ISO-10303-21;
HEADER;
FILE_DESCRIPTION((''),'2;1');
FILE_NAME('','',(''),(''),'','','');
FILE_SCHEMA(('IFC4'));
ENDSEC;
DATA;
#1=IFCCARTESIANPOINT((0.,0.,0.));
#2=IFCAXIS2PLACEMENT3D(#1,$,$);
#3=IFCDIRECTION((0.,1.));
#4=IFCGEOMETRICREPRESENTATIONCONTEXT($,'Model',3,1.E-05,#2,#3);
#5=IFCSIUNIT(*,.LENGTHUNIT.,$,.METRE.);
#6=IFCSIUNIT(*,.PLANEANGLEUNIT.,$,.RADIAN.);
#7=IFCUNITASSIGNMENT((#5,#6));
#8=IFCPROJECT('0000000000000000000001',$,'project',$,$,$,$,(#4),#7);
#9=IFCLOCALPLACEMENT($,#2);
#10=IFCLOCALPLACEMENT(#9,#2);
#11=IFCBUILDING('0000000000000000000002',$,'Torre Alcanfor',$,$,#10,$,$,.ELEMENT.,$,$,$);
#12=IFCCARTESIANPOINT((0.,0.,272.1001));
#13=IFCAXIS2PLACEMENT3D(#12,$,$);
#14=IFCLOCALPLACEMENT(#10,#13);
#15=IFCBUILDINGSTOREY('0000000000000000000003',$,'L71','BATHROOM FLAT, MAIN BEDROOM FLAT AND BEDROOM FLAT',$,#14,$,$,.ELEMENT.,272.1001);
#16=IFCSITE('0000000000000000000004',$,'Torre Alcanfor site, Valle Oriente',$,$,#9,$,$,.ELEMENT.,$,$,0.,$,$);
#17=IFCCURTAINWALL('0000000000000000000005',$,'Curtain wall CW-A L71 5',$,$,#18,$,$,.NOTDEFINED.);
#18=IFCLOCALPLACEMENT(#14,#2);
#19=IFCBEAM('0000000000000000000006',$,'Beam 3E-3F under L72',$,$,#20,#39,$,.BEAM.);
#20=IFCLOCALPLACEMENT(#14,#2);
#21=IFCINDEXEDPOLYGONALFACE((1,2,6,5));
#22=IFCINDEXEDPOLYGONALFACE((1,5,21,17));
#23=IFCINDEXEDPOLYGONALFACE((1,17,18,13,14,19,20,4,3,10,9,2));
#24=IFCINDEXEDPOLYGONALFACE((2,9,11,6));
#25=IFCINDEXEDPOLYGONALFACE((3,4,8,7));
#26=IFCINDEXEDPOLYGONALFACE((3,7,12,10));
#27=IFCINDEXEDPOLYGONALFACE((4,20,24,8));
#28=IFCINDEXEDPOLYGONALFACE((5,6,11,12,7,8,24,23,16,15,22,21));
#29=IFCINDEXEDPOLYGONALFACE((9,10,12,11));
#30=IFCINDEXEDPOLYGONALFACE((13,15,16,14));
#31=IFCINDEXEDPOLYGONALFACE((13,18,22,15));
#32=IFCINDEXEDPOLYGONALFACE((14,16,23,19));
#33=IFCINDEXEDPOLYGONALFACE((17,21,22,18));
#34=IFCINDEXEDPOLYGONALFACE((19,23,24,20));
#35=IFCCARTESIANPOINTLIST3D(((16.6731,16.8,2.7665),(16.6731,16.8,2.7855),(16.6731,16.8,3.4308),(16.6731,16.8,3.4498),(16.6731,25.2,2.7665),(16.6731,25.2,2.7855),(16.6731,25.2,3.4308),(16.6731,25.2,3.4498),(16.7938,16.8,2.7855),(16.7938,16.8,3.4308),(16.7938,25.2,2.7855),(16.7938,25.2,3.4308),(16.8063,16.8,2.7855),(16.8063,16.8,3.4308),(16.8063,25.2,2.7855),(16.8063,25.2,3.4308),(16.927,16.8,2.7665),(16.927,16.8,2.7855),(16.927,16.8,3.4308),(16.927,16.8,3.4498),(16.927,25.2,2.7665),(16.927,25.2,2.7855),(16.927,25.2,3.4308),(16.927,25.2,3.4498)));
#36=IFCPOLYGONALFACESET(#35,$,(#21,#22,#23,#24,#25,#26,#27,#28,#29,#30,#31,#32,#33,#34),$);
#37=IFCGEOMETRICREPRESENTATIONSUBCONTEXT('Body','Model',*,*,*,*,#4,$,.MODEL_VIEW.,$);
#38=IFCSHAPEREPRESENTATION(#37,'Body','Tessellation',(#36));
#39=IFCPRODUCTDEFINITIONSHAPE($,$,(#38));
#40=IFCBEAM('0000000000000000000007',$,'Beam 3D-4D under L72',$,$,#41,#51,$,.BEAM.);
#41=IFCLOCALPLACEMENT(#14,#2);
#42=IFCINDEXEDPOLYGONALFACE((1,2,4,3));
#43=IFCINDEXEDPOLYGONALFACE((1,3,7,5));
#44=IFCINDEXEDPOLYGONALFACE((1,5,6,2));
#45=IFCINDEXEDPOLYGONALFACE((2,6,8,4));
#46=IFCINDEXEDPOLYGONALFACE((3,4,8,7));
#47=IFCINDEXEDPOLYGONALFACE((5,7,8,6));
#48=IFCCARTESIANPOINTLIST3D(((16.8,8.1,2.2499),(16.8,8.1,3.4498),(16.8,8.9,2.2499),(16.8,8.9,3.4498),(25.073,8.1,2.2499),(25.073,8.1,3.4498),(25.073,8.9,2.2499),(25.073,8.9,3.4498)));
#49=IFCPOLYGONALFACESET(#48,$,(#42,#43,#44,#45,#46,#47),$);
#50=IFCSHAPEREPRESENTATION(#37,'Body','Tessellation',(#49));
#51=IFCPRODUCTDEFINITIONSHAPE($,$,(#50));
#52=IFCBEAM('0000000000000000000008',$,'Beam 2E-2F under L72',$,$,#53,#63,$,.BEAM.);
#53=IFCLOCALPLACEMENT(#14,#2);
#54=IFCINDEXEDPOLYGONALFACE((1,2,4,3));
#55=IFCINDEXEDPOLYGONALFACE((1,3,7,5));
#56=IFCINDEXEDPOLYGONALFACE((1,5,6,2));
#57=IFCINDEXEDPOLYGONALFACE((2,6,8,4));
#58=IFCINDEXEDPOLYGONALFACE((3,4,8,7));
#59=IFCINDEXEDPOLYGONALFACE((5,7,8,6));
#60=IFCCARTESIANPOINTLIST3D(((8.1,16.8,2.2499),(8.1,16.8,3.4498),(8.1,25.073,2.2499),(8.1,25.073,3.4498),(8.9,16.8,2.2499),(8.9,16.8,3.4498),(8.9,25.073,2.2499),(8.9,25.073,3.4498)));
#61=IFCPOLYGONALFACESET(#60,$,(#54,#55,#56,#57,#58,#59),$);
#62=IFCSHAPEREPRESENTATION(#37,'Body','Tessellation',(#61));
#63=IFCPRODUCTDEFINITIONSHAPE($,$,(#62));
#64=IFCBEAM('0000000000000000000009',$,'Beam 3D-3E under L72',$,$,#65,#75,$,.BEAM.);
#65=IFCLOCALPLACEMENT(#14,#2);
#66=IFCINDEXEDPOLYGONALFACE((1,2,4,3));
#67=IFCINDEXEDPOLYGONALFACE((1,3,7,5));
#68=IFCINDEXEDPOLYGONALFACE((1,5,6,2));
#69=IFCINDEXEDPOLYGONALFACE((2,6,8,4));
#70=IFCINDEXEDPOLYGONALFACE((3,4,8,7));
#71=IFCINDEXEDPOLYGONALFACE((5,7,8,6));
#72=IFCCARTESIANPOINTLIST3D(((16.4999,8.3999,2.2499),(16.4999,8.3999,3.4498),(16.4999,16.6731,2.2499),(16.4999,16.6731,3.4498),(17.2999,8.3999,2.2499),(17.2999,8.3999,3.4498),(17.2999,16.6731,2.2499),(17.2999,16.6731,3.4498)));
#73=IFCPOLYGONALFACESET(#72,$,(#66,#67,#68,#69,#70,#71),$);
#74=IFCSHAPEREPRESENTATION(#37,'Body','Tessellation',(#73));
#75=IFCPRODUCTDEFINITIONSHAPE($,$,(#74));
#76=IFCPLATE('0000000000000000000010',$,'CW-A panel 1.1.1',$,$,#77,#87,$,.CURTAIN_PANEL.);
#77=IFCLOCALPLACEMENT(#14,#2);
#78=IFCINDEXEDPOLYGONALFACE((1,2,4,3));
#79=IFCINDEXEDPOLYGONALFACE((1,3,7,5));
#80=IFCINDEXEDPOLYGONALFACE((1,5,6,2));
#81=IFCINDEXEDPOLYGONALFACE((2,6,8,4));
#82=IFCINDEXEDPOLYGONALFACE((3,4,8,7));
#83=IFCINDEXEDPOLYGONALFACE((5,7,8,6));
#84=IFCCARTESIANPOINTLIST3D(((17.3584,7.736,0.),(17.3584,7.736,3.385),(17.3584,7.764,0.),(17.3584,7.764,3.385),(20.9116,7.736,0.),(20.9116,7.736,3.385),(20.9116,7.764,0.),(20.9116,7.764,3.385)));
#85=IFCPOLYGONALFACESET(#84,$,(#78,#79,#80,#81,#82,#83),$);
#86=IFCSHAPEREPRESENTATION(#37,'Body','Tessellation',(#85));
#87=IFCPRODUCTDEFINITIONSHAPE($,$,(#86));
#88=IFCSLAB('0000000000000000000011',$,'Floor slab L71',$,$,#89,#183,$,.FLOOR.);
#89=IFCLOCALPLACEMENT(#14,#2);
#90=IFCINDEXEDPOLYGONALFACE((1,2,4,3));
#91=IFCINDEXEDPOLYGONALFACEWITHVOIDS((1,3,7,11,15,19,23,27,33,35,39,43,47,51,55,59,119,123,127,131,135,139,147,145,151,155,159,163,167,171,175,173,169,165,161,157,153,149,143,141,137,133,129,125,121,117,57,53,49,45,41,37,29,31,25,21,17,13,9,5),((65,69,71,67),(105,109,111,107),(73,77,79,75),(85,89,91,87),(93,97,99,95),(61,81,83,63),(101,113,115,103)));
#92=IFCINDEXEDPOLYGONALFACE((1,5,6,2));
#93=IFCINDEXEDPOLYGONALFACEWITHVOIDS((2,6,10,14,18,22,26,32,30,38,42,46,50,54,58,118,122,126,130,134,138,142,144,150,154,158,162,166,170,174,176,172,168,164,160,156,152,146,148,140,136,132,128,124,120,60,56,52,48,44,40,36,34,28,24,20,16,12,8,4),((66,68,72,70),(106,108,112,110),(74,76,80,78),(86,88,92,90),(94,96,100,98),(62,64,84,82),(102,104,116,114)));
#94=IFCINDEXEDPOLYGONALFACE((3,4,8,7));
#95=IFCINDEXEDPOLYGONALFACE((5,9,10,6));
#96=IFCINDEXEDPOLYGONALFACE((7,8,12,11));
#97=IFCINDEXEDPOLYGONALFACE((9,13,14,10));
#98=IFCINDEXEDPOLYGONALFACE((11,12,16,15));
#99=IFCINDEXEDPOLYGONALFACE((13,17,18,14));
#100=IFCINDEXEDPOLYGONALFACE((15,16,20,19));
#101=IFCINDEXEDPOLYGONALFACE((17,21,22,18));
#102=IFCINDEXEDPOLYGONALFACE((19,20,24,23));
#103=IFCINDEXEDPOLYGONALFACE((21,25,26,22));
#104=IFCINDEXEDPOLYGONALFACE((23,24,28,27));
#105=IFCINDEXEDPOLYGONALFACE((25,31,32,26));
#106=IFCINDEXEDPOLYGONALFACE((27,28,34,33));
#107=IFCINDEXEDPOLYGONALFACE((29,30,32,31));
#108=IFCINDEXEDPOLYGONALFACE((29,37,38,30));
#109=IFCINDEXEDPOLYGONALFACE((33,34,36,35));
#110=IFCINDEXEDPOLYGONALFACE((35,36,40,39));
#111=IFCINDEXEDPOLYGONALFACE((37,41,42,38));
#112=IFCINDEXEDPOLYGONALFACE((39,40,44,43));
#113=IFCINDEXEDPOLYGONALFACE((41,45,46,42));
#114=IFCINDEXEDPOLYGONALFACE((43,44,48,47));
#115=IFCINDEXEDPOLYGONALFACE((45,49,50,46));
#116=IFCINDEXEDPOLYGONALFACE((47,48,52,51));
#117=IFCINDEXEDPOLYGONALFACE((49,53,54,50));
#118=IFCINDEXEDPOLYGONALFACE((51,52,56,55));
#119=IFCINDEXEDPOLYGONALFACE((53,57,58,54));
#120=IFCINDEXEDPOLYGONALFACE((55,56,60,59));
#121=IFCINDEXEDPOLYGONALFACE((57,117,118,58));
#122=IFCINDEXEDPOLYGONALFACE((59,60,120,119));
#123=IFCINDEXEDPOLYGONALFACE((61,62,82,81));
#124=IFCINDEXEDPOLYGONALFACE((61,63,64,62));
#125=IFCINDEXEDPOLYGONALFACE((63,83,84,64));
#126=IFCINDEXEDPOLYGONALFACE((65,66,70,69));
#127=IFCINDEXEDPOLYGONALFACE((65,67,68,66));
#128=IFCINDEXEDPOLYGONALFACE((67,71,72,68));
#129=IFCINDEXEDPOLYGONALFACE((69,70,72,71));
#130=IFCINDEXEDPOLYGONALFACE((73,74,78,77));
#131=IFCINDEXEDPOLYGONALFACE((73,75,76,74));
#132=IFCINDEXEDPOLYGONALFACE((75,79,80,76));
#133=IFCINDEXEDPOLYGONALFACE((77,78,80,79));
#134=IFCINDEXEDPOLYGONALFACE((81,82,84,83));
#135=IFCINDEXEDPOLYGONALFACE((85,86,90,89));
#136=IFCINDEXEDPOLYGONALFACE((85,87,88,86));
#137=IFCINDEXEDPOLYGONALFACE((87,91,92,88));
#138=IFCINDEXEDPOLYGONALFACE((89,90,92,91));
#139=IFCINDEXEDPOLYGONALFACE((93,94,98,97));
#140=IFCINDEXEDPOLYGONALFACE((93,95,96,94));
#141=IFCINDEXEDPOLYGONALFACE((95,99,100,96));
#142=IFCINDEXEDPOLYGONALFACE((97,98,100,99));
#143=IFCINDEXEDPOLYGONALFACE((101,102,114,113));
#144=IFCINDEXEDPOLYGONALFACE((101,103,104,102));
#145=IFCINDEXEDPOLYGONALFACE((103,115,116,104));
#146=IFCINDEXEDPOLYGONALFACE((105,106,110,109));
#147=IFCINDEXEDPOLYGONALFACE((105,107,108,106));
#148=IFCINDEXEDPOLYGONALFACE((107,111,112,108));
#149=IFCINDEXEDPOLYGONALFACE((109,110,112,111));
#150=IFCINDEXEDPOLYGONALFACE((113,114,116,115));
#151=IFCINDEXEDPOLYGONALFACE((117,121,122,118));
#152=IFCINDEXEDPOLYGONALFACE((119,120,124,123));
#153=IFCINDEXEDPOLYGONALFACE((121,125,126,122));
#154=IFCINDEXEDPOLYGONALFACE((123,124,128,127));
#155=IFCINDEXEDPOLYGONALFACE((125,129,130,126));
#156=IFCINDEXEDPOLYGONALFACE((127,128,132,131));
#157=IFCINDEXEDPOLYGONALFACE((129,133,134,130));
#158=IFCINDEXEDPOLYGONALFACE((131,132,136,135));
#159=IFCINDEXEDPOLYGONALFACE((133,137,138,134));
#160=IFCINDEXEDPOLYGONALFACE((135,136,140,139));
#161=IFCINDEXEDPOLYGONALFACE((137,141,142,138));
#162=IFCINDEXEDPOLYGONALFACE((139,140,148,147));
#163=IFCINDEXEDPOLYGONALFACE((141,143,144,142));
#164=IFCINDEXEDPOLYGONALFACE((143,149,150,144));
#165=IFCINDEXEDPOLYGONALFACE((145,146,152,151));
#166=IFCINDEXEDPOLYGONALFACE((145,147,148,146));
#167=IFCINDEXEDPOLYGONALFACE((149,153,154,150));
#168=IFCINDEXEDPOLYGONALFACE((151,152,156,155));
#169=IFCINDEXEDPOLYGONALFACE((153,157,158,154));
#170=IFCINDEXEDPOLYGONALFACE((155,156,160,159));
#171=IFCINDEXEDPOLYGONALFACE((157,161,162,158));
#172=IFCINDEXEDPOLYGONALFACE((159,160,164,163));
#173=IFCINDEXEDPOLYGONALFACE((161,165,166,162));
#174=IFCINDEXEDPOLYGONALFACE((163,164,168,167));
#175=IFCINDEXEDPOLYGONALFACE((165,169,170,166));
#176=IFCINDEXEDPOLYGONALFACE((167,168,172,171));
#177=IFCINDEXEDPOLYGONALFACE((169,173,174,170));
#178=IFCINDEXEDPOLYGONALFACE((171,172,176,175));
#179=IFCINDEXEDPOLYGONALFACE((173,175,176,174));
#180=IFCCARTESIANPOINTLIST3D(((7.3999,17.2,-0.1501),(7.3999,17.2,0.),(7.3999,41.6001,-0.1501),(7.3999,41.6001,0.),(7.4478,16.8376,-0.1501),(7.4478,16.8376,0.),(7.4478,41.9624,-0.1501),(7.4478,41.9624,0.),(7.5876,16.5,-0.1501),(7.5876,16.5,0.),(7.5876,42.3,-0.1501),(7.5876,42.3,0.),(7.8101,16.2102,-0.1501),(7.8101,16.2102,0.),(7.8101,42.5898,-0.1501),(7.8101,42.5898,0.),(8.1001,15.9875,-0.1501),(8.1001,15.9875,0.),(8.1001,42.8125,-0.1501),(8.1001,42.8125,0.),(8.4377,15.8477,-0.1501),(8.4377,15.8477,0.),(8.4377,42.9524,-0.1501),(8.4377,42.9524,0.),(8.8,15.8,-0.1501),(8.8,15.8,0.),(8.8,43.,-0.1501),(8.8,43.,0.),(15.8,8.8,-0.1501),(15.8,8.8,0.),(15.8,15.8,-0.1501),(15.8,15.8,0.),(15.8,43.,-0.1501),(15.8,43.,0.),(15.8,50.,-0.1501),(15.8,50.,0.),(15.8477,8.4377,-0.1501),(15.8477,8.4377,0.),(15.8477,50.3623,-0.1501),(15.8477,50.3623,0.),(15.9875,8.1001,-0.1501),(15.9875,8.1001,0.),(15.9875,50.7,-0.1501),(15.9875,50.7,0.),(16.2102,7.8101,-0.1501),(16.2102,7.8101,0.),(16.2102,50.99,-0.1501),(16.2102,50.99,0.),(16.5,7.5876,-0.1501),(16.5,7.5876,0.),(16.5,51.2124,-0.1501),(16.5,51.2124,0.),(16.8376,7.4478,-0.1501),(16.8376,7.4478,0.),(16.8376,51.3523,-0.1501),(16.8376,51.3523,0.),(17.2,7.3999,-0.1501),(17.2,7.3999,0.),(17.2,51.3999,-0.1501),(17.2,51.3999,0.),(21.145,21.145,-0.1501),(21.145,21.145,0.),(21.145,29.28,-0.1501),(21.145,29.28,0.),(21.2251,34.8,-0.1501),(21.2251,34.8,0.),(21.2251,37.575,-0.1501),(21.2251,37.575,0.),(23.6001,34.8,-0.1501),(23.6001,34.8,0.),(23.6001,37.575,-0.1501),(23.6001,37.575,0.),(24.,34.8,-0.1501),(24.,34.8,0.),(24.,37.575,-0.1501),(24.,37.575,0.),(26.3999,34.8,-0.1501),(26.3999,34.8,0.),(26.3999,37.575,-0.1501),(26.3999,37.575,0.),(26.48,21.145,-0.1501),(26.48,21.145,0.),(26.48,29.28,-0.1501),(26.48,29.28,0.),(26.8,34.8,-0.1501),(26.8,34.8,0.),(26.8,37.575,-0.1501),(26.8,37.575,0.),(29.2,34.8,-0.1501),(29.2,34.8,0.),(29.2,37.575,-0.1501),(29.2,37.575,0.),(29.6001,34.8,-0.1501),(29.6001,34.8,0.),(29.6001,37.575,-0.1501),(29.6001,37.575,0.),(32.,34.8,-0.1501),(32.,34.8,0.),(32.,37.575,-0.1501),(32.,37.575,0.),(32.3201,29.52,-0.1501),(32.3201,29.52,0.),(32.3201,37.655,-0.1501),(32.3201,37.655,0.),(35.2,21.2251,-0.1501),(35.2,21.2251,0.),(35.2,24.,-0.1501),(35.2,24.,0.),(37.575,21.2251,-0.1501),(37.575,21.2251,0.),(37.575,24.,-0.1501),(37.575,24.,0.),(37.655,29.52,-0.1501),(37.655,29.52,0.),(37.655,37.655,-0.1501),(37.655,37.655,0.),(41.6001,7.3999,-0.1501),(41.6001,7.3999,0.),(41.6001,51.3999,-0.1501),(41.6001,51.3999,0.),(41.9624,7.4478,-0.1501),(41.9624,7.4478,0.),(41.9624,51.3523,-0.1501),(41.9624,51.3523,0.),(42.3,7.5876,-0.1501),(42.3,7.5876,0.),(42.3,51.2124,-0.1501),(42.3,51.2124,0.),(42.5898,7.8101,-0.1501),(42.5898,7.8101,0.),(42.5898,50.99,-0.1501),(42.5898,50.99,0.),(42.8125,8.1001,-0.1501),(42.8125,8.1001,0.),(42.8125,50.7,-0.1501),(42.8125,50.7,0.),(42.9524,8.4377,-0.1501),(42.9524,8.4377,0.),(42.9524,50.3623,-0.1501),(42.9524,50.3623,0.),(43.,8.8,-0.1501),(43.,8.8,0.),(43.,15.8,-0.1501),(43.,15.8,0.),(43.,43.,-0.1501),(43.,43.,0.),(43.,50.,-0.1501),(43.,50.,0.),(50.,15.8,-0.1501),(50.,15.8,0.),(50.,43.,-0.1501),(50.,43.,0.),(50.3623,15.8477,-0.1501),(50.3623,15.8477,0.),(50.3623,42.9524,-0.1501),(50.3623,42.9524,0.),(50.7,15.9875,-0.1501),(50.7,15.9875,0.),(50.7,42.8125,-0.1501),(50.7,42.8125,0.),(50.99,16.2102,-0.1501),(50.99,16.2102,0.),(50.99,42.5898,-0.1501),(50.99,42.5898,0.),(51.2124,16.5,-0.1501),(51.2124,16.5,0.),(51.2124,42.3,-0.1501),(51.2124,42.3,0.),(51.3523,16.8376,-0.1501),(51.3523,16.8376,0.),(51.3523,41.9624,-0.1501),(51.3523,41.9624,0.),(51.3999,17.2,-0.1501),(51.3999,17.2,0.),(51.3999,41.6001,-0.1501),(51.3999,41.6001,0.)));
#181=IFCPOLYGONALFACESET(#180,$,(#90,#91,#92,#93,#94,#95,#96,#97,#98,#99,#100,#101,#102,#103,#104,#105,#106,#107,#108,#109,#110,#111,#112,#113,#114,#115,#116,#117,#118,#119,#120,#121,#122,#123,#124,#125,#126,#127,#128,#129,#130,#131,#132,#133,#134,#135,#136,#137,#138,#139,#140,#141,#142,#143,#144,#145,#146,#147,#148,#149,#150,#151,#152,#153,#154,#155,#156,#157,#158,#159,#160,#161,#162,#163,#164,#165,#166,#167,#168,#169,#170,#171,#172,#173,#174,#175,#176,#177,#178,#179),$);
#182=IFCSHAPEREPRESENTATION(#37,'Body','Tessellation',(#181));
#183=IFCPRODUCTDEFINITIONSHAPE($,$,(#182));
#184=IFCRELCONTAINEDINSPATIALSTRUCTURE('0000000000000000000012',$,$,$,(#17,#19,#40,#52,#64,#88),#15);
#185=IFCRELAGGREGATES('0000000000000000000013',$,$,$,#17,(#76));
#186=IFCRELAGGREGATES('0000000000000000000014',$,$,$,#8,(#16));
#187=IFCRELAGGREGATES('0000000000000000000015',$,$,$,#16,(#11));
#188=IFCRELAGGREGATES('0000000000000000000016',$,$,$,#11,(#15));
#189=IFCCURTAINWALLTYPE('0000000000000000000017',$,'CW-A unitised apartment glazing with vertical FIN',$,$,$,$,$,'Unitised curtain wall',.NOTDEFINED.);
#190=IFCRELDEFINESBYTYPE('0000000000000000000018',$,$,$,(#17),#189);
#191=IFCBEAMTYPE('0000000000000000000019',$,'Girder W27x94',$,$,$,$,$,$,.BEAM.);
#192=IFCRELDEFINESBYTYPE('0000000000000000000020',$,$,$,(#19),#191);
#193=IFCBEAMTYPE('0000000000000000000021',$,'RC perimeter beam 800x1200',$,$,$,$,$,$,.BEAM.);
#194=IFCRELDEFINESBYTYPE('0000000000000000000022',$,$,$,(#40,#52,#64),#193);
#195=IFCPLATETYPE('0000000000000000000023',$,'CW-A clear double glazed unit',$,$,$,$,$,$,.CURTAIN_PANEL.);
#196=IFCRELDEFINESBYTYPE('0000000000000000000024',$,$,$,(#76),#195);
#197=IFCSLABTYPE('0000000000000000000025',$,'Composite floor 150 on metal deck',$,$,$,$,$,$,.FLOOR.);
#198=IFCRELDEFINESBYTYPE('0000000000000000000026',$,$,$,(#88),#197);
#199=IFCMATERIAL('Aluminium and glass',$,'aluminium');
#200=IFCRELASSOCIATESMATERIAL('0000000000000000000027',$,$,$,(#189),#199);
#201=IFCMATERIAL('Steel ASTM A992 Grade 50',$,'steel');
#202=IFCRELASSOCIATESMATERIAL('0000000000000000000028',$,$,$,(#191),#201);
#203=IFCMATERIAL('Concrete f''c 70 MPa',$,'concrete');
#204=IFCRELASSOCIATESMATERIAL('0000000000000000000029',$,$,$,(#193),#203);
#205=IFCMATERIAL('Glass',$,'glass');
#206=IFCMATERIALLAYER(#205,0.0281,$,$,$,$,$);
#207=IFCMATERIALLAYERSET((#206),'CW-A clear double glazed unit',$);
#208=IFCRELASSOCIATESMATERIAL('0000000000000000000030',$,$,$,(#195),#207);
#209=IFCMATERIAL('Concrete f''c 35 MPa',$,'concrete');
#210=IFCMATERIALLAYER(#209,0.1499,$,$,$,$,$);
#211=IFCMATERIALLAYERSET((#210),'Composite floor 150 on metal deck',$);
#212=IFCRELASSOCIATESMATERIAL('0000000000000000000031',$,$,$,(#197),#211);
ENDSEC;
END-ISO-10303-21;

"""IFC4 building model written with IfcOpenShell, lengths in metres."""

from ifc_helpers import new_model, si_unit, direction, frame, origin, origin_2d, place, context, subcontext, project, spatial, polyline, rectangle, i_section, outline, extrude, material, layer, layer_set, material_profile, profile_set, type_object, element, aggregate, save


model = new_model("IFC4")

# Units and contexts
model_context = context("Model", 3, precision=1e-05, world=origin(), true_north=direction((0.0, 1.0)))
body_context = subcontext(model_context, "Body", "Model", "MODEL_VIEW")
ifc_project = project(units=[si_unit("LENGTHUNIT", "METRE"), si_unit("PLANEANGLEUNIT", "RADIAN")], contexts=[model_context])

# Site, building, storey
site_placement = place(None, origin())
site = spatial("IfcSite", under=ifc_project, at=site_placement, Name="Torre Alcanfor site, Valle Oriente", CompositionType="ELEMENT", RefElevation=0.0)
building_placement = place(site_placement, origin())
building = spatial("IfcBuilding", under=site, at=building_placement, Name="Torre Alcanfor", CompositionType="ELEMENT")
storey_placement = place(building_placement, frame((0.0, 0.0, 272.1001)))
storey = spatial("IfcBuildingStorey", under=building, at=storey_placement, Name="L71", Description="BATHROOM FLAT, MAIN BEDROOM FLAT AND BEDROOM FLAT", CompositionType="ELEMENT", Elevation=272.1001)

# Curtain wall
ifc_material_1 = material(Name="Aluminium and glass", Category="aluminium")
curtain_wall_type = type_object("IfcCurtainWallType", Name="CW-A unitised apartment glazing with vertical FIN", ElementType="Unitised curtain wall", PredefinedType="NOTDEFINED", material=ifc_material_1)
curtain_wall_placement = place(storey_placement, origin())
curtain_wall = element("IfcCurtainWall", 1, at=curtain_wall_placement, inside=storey, type_object=curtain_wall_type, Name="Curtain wall CW-A L71 5", PredefinedType="NOTDEFINED")

# Beams
ifc_material_2 = material(Name="Steel ASTM A992 Grade 50", Category="steel")
ifc_material_profile_1 = material_profile(ifc_material_2, i_section(OverallWidth=0.2539, OverallDepth=0.6833, WebThickness=0.0125, FlangeThickness=0.019, at=origin_2d()), Name="W27x94")
ifc_profile_set_1 = profile_set([ifc_material_profile_1], Name="Steel ASTM A992 Grade 50")
beam_type_1 = type_object("IfcBeamType", Name="Girder W27x94", PredefinedType="BEAM", material=ifc_profile_set_1)
for number, where, z_axis, x_axis, name in (
    (2, (16.8, 16.8, 3.1082), (0.0, 1.0, 0.0), (-1.0, 0.0, 0.0), "Beam 3E-3F under L72"),
):
    element("IfcBeam", number, at=place(storey_placement, frame(where, z_axis=z_axis, x_axis=x_axis)), inside=storey, type_object=beam_type_1, Name=name, PredefinedType="BEAM", context=body_context, shape_type="SweptSolid", body=[
        extrude(i_section(OverallWidth=0.2539, OverallDepth=0.6833, WebThickness=0.0125, FlangeThickness=0.019, at=origin_2d()), origin(), (0.0, 0.0, 1.0), 8.3999),
    ])
ifc_material_3 = material(Name="Concrete f'c 70 MPa", Category="concrete")
ifc_material_profile_2 = material_profile(ifc_material_3, rectangle(XDim=0.8, YDim=1.2, at=origin_2d()), Name="800x1200")
ifc_profile_set_2 = profile_set([ifc_material_profile_2], Name="Concrete f'c 70 MPa")
beam_type_2 = type_object("IfcBeamType", Name="RC perimeter beam 800x1200", PredefinedType="BEAM", material=ifc_profile_set_2)
for number, where, z_axis, x_axis, name in (
    (3, (16.8, 8.5, 2.8499), (1.0, 0.0, 0.0), (0.0, 1.0, 0.0), "Beam 3D-4D under L72"),
    (4, (8.5, 16.8, 2.8499), (0.0, 1.0, 0.0), (-1.0, 0.0, 0.0), "Beam 2E-2F under L72"),
):
    element("IfcBeam", number, at=place(storey_placement, frame(where, z_axis=z_axis, x_axis=x_axis)), inside=storey, type_object=beam_type_2, Name=name, PredefinedType="BEAM", context=body_context, shape_type="SweptSolid", body=[
        extrude(rectangle(XDim=0.8, YDim=1.2, at=origin_2d()), origin(), (0.0, 0.0, 1.0), 8.2729),
    ])
beam_placement = place(storey_placement, frame((16.8999, 8.3999, 2.8499), z_axis=(0.0, 1.0, 0.0), x_axis=(-1.0, 0.0, 0.0)))
element("IfcBeam", 5, at=beam_placement, inside=storey, type_object=beam_type_2, Name="Beam 3D-3E under L72", PredefinedType="BEAM", context=body_context, shape_type="SweptSolid", body=[
    extrude(rectangle(XDim=0.8, YDim=1.2, at=origin_2d()), origin(), (0.0, 0.0, 1.0), 8.2732),
])

# Plate
ifc_material_4 = material(Name="Glass", Category="glass")
ifc_layer_1 = layer(ifc_material_4, 0.0281)
ifc_layer_set_1 = layer_set([ifc_layer_1], Name="CW-A clear double glazed unit")
plate_type = type_object("IfcPlateType", Name="CW-A clear double glazed unit", PredefinedType="CURTAIN_PANEL", material=ifc_layer_set_1)
plate_placement = place(storey_placement, frame((19.135, 7.75, 0.0), z_axis=(0.0, 0.0, 1.0), x_axis=(1.0, 0.0, 0.0)))
plate = element("IfcPlate", 6, at=plate_placement, type_object=plate_type, Name="CW-A panel 1.1.1", PredefinedType="CURTAIN_PANEL", context=body_context, shape_type="SweptSolid", body=[
    extrude(rectangle(XDim=3.5532, YDim=0.0281, at=origin_2d()), origin(), (0.0, 0.0, 1.0), 3.385),
])
aggregate(curtain_wall, [plate])

# Slab
ifc_material_5 = material(Name="Concrete f'c 35 MPa", Category="concrete")
ifc_layer_2 = layer(ifc_material_5, 0.1499)
ifc_layer_set_2 = layer_set([ifc_layer_2], Name="Composite floor 150 on metal deck")
slab_type_1 = type_object("IfcSlabType", Name="Composite floor 150 on metal deck", PredefinedType="FLOOR", material=ifc_layer_set_2)
slab_1_placement = place(storey_placement, frame((0.0, 0.0, -0.1501)))
element("IfcSlab", 7, at=slab_1_placement, inside=storey, type_object=slab_type_1, Name="Floor slab L71", PredefinedType="FLOOR", context=body_context, shape_type="SweptSolid", body=[
    extrude(outline(polyline([(15.8, 43.0), (8.8, 43.0), (8.4377, 42.9524), (8.1001, 42.8125), (7.8101, 42.5898), (7.5876, 42.3), (7.4478, 41.9624), (7.3999, 41.6001), (7.3999, 17.2), (7.4478, 16.8376), (7.5876, 16.5), (7.8101, 16.2102), (8.1001, 15.9875), (8.4377, 15.8477), (8.8, 15.8), (15.8, 15.8), (15.8, 8.8), (15.8477, 8.4377), (15.9875, 8.1001), (16.2102, 7.8101), (16.5, 7.5876), (16.8376, 7.4478), (17.2, 7.3999), (41.6001, 7.3999), (41.9624, 7.4478), (42.3, 7.5876), (42.5898, 7.8101), (42.8125, 8.1001), (42.9524, 8.4377), (43.0, 8.8), (43.0, 15.8), (50.0, 15.8), (50.3623, 15.8477), (50.7, 15.9875), (50.99, 16.2102), (51.2124, 16.5), (51.3523, 16.8376), (51.3999, 17.2), (51.3999, 41.6001), (51.3523, 41.9624), (51.2124, 42.3), (50.99, 42.5898), (50.7, 42.8125), (50.3623, 42.9524), (50.0, 43.0), (43.0, 43.0), (43.0, 50.0), (42.9524, 50.3623), (42.8125, 50.7), (42.5898, 50.99), (42.3, 51.2124), (41.9624, 51.3523), (41.6001, 51.3999), (17.2, 51.3999), (16.8376, 51.3523), (16.5, 51.2124), (16.2102, 50.99), (15.9875, 50.7), (15.8477, 50.3623), (15.8, 50.0), (15.8, 43.0)]), holes=[polyline([(21.145, 21.145), (26.48, 21.145), (26.48, 29.28), (21.145, 29.28), (21.145, 21.145)]), polyline([(32.3201, 29.52), (37.655, 29.52), (37.655, 37.655), (32.3201, 37.655), (32.3201, 29.52)]), polyline([(35.2, 21.2251), (37.575, 21.2251), (37.575, 24.0), (35.2, 24.0), (35.2, 21.2251)]), polyline([(21.2251, 34.8), (23.6001, 34.8), (23.6001, 37.575), (21.2251, 37.575), (21.2251, 34.8)]), polyline([(24.0, 34.8), (26.3999, 34.8), (26.3999, 37.575), (24.0, 37.575), (24.0, 34.8)]), polyline([(26.8, 34.8), (29.2, 34.8), (29.2, 37.575), (26.8, 37.575), (26.8, 34.8)]), polyline([(29.6001, 34.8), (32.0, 34.8), (32.0, 37.575), (29.6001, 37.575), (29.6001, 34.8)])]), origin(), (0.0, 0.0, 1.0), 0.1501),
])

save(model, "model.ifc")
